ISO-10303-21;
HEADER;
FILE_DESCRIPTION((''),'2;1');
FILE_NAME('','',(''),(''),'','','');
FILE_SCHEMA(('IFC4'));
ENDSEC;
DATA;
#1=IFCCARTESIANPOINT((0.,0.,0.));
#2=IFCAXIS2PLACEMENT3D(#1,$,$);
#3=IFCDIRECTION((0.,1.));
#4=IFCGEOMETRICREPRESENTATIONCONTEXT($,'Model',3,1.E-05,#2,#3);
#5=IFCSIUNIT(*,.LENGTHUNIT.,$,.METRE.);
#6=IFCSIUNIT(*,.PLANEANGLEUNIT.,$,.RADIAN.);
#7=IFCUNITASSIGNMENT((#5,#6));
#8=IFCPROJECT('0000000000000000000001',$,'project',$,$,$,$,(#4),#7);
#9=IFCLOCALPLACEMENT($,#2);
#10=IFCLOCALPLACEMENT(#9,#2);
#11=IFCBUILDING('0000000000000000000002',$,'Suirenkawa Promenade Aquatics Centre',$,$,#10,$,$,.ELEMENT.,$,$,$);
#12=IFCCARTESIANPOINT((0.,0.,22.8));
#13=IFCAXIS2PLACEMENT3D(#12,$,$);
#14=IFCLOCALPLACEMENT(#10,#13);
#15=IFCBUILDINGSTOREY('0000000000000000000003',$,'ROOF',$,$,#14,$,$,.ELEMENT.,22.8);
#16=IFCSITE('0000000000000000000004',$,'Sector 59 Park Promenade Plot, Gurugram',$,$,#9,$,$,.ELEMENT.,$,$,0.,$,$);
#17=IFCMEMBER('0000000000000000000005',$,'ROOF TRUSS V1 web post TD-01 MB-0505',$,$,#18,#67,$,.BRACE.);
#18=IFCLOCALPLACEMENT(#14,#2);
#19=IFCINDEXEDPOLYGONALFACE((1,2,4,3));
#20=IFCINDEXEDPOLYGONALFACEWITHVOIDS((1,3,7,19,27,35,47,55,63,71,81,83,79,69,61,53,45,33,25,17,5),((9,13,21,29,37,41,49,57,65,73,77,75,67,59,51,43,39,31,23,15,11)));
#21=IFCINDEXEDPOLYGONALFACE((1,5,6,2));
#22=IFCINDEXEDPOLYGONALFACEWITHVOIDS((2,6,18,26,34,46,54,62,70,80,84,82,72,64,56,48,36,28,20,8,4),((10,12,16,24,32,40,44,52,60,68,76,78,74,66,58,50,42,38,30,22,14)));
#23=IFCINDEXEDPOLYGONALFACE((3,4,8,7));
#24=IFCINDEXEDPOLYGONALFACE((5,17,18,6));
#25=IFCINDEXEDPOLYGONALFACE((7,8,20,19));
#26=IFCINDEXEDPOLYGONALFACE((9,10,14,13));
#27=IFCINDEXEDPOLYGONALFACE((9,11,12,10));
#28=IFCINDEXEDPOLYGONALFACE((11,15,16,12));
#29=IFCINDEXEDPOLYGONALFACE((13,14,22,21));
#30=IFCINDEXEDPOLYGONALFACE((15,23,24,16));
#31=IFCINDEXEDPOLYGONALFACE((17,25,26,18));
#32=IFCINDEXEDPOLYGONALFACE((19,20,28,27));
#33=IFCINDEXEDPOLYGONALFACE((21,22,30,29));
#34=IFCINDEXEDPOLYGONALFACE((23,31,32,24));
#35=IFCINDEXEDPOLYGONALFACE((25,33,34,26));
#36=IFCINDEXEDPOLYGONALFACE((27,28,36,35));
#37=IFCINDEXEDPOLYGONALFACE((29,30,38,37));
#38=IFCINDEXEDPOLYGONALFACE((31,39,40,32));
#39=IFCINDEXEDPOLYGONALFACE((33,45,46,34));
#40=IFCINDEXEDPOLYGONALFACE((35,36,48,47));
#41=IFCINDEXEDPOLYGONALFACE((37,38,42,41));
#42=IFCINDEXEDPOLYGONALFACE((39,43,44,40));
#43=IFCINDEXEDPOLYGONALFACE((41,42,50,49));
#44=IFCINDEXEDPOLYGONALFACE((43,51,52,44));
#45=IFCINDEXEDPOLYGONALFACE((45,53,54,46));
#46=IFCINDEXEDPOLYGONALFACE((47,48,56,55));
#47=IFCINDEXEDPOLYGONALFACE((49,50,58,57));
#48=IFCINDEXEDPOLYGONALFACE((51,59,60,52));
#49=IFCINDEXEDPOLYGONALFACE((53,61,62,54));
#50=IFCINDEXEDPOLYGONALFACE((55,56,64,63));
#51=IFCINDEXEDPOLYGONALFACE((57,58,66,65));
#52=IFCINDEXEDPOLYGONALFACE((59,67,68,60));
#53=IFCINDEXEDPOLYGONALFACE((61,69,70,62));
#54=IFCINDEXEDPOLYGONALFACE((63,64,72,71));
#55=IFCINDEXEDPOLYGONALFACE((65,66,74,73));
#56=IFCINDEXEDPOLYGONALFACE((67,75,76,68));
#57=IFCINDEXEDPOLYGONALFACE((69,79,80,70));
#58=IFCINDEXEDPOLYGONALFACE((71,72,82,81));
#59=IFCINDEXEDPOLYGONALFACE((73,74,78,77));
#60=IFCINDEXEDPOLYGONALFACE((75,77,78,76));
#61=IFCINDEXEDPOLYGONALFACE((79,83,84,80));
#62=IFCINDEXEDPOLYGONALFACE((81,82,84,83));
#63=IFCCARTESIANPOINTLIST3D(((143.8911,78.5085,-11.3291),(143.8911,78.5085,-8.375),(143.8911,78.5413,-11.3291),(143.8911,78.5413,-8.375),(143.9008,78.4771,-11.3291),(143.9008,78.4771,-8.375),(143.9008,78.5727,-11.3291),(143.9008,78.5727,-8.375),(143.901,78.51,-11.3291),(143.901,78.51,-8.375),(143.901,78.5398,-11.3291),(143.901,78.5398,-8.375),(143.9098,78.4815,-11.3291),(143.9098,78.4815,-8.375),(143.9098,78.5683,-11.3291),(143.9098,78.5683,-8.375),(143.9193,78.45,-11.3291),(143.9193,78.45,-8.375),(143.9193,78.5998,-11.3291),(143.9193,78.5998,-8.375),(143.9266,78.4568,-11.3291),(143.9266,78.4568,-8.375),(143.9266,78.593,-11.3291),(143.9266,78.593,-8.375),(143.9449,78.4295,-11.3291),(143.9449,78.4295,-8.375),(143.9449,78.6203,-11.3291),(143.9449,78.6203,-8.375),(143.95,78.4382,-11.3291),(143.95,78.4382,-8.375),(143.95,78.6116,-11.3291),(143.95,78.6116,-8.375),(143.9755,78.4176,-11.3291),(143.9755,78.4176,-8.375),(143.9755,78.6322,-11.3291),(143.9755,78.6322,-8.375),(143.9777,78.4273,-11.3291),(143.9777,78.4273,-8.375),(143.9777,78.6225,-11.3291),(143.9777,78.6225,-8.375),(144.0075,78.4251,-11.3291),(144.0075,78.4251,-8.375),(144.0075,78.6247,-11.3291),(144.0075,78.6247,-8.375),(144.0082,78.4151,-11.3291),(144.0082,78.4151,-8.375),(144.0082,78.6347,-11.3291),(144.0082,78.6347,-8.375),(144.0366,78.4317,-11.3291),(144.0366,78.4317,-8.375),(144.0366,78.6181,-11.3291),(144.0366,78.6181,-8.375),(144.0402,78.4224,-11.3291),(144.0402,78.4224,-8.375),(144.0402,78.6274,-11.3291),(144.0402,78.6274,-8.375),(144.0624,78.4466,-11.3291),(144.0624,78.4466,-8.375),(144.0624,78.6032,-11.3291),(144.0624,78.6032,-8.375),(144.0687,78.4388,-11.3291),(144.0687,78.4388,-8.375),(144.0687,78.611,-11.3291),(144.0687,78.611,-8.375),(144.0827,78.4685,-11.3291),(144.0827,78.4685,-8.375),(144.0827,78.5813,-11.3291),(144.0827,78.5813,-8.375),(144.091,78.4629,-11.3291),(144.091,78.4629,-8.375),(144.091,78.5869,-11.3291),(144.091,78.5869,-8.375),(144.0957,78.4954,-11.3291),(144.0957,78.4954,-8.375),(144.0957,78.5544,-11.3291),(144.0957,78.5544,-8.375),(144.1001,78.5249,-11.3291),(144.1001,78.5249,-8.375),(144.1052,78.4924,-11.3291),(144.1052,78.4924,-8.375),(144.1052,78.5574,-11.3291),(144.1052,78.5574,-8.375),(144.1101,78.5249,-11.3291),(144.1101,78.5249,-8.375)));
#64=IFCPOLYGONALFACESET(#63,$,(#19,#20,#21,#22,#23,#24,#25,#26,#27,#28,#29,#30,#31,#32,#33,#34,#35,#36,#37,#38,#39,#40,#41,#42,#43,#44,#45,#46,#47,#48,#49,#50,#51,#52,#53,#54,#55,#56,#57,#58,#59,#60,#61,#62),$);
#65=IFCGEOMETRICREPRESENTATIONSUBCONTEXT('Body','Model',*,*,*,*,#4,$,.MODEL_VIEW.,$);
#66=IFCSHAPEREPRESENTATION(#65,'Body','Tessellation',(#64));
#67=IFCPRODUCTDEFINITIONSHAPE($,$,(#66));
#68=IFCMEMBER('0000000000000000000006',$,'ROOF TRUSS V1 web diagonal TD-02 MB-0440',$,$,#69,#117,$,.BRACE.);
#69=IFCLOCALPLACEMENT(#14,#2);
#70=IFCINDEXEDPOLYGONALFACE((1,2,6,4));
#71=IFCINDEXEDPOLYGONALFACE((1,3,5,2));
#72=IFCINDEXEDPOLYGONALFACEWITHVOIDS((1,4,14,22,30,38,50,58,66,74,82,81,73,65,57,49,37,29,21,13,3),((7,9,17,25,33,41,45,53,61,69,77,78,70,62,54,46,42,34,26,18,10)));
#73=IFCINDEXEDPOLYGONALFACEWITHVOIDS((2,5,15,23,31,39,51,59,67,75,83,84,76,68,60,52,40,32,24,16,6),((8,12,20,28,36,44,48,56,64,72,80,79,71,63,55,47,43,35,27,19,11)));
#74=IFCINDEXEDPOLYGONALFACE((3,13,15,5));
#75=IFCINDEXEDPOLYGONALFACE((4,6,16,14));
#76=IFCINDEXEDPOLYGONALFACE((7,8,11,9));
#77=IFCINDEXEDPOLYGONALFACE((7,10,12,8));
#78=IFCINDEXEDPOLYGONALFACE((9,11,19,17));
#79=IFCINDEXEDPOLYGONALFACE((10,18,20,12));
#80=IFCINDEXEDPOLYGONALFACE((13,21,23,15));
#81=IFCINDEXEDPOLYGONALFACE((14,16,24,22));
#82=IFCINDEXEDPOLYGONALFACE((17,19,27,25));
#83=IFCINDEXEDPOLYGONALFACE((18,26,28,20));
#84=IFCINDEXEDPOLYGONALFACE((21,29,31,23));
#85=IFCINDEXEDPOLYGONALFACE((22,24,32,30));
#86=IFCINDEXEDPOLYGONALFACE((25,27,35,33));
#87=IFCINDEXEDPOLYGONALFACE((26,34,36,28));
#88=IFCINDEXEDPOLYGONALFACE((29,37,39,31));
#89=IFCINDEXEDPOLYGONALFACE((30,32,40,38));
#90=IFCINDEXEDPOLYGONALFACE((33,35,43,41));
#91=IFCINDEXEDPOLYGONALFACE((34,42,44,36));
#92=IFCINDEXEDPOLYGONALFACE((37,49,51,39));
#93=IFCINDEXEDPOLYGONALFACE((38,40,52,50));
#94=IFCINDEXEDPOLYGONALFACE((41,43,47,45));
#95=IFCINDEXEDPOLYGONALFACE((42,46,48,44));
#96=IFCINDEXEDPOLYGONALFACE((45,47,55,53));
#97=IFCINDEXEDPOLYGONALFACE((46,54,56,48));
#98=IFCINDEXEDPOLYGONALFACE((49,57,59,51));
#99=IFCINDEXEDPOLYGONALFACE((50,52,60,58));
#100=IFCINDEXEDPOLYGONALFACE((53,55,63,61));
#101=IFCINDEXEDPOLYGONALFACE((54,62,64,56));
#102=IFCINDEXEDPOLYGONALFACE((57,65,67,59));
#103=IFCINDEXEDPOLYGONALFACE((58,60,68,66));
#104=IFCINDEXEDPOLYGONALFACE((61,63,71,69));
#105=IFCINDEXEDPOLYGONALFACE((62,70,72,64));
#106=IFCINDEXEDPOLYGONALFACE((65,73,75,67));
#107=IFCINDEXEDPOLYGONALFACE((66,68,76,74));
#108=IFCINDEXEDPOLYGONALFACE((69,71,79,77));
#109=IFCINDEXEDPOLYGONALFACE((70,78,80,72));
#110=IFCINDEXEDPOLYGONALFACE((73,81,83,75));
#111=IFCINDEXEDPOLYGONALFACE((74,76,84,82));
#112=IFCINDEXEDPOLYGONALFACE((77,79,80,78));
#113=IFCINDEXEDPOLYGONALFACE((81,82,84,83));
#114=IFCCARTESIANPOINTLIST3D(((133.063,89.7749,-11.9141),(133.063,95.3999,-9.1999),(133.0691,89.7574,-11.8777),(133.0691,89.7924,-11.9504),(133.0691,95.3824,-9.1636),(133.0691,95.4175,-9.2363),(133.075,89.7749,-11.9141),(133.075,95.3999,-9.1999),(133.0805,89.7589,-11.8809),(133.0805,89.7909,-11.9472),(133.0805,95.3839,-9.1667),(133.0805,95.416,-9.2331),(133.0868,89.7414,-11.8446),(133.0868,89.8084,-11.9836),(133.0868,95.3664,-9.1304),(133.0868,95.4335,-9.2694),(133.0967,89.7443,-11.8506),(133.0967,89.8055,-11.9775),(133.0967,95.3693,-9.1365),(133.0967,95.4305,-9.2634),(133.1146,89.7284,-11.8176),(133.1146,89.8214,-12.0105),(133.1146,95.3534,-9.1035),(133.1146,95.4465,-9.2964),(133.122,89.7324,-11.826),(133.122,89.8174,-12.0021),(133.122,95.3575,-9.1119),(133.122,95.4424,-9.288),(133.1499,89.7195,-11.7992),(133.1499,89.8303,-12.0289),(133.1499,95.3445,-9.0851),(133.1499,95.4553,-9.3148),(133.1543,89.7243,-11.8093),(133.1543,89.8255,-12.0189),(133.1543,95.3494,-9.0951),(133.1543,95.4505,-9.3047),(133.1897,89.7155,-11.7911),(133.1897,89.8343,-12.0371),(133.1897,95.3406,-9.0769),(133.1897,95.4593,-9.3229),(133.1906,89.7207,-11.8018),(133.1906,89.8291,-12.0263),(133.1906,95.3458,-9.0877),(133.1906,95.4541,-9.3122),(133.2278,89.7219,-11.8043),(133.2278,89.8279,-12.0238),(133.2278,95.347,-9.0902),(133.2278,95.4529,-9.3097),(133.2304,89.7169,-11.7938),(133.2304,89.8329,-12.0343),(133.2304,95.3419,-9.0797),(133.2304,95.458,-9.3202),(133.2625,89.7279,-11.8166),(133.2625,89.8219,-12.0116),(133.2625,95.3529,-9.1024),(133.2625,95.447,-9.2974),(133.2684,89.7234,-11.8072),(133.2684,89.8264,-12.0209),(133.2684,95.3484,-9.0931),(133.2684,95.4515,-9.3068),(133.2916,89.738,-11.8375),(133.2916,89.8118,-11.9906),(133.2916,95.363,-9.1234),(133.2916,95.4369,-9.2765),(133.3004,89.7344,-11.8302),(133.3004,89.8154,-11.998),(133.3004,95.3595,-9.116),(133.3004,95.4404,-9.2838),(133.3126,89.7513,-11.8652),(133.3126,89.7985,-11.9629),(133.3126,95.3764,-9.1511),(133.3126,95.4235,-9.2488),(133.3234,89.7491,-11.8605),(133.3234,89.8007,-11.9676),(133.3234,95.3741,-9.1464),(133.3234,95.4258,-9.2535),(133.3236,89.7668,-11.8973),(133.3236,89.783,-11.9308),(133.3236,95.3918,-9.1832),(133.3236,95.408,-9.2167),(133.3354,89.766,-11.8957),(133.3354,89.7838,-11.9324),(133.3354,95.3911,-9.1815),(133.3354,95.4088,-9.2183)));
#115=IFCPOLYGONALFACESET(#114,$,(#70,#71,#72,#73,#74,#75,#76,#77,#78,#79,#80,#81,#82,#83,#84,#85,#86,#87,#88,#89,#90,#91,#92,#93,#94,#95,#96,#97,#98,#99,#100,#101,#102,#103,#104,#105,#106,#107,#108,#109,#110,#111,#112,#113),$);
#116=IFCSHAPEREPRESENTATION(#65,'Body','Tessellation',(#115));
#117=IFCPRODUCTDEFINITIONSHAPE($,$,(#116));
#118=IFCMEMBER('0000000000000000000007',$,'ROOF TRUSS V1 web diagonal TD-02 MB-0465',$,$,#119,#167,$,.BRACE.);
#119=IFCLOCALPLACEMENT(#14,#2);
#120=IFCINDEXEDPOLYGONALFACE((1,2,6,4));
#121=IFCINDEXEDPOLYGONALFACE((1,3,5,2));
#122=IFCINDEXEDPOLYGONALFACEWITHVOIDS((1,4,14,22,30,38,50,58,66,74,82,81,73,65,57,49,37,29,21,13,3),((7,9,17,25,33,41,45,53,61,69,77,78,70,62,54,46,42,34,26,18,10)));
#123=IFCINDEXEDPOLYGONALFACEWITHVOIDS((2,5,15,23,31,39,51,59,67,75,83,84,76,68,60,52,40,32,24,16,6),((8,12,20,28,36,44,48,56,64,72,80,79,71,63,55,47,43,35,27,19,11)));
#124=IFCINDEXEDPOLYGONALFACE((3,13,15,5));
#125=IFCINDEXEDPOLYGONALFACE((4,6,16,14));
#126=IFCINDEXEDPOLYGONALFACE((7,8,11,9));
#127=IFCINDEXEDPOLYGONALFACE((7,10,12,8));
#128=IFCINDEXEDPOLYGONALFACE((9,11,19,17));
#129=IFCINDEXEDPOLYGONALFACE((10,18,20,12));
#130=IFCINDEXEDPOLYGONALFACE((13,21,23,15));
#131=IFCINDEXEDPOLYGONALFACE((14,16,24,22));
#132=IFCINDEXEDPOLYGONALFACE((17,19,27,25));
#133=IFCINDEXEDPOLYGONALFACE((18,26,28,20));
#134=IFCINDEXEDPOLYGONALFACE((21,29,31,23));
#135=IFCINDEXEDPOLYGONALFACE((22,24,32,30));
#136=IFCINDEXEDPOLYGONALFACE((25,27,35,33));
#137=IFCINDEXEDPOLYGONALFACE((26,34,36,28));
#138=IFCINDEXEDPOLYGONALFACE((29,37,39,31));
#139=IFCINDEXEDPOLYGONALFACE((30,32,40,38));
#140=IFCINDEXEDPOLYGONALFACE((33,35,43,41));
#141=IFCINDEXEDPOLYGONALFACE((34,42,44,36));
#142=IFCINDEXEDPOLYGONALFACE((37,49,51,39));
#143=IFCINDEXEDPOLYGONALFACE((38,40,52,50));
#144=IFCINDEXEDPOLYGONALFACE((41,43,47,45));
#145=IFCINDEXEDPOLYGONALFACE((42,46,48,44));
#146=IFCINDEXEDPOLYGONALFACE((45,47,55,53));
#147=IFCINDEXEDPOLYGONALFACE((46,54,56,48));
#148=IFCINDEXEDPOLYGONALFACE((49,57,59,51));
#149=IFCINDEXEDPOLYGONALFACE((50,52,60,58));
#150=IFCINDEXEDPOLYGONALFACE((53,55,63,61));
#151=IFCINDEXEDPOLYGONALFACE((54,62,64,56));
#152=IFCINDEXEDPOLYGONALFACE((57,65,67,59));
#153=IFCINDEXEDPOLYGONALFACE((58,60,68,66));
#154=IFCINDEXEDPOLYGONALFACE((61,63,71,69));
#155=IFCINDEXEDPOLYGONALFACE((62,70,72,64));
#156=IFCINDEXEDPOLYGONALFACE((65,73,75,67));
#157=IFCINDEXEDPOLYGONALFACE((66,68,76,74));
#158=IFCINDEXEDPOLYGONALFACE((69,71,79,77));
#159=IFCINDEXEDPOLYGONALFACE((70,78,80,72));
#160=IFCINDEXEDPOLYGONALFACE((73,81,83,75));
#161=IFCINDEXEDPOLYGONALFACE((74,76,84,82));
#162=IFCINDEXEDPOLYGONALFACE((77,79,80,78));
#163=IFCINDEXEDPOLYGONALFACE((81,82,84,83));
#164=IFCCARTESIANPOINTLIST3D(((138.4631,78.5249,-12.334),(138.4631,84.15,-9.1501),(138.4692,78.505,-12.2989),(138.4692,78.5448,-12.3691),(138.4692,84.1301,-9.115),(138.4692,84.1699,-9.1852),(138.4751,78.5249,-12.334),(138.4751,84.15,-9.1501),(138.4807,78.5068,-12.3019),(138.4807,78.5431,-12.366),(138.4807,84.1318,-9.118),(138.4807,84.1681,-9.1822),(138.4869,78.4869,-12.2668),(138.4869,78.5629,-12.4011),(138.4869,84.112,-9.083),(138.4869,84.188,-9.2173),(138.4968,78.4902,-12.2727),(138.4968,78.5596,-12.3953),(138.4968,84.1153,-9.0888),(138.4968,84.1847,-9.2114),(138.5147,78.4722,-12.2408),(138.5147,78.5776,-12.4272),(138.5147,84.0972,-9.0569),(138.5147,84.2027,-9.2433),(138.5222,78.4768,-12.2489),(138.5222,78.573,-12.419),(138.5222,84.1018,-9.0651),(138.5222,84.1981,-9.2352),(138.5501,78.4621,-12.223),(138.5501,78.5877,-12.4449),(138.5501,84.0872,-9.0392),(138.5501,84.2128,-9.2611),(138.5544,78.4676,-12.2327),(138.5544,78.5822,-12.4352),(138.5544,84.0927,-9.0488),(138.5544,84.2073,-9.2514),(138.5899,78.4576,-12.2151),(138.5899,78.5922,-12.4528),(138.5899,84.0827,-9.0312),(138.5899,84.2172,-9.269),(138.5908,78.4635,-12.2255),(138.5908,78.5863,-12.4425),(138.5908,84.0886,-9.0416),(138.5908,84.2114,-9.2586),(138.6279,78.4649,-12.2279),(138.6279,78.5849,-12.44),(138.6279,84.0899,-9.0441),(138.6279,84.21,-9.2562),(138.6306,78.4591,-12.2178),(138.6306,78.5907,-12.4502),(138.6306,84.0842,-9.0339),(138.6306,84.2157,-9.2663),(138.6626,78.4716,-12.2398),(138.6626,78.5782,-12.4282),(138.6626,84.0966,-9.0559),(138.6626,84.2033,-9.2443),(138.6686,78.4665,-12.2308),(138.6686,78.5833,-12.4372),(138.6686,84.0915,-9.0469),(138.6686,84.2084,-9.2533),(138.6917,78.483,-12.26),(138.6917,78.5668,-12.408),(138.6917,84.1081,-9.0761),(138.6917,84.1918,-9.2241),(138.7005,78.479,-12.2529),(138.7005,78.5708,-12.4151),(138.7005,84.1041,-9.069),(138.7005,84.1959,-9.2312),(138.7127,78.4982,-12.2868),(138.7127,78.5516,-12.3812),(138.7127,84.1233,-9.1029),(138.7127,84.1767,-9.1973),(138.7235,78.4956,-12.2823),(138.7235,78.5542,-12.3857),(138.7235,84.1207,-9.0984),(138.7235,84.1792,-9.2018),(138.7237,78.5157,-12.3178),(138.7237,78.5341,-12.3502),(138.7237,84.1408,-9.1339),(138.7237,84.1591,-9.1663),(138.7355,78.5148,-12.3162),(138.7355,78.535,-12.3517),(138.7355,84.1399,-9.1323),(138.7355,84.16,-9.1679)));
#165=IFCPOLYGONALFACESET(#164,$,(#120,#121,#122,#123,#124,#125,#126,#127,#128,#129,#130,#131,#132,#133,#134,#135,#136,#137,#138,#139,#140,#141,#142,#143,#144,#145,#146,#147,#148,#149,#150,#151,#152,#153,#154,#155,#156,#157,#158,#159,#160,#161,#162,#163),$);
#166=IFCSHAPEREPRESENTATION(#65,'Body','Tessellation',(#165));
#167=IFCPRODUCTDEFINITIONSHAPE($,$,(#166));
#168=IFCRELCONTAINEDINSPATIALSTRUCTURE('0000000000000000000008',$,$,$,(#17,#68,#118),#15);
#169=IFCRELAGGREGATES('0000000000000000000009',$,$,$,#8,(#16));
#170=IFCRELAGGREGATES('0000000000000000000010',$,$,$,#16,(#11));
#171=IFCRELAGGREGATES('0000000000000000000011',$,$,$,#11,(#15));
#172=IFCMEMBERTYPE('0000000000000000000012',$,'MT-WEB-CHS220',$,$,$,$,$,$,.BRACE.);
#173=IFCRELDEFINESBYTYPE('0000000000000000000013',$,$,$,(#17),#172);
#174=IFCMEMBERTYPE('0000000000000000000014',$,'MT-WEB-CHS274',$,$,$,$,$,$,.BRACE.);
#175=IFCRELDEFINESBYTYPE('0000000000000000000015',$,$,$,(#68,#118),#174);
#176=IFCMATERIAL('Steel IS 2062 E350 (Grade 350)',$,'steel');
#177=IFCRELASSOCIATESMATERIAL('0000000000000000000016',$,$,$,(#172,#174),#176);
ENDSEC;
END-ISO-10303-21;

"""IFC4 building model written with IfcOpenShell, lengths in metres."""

from ifc_helpers import new_model, si_unit, direction, frame, origin, origin_2d, place, context, subcontext, project, spatial, hollow_circle, extrude, material, material_profile, profile_set, type_object, element, save


model = new_model("IFC4")

# Units and contexts
model_context = context("Model", 3, precision=1e-05, world=origin(), true_north=direction((0.0, 1.0)))
body_context = subcontext(model_context, "Body", "Model", "MODEL_VIEW")
ifc_project = project(units=[si_unit("LENGTHUNIT", "METRE"), si_unit("PLANEANGLEUNIT", "RADIAN")], contexts=[model_context])

# Site, building, storey
site_placement = place(None, origin())
site = spatial("IfcSite", under=ifc_project, at=site_placement, Name="Sector 59 Park Promenade Plot, Gurugram", CompositionType="ELEMENT", RefElevation=0.0)
building_placement = place(site_placement, origin())
building = spatial("IfcBuilding", under=site, at=building_placement, Name="Suirenkawa Promenade Aquatics Centre", CompositionType="ELEMENT")
storey_placement = place(building_placement, frame((0.0, 0.0, 22.8)))
storey = spatial("IfcBuildingStorey", under=building, at=storey_placement, Name="ROOF", CompositionType="ELEMENT", Elevation=22.8)

# Shared definitions
ifc_material = material(Name="Steel IS 2062 E350 (Grade 350)", Category="steel")

# Members
ifc_material_profile_1 = material_profile(ifc_material, hollow_circle(Radius=0.1101, WallThickness=0.01, at=origin_2d()), Name="CHS 220x10", Category="steel")
ifc_profile_set_1 = profile_set([ifc_material_profile_1], Name="Steel IS 2062 E350 (Grade 350)")
member_type_1 = type_object("IfcMemberType", Name="MT-WEB-CHS220", PredefinedType="BRACE", material=ifc_profile_set_1)
member_1_placement = place(storey_placement, frame((144.0, 78.5249, -11.3291), z_axis=(0.0, 0.0, 1.0), x_axis=(1.0, 0.0, 0.0)))
element("IfcMember", 1, at=member_1_placement, inside=storey, type_object=member_type_1, Name="ROOF TRUSS V1 web post TD-01 MB-0505", PredefinedType="BRACE", context=body_context, shape_type="SweptSolid", body=[
    extrude(hollow_circle(Radius=0.1101, WallThickness=0.01, at=origin_2d()), origin(), (0.0, 0.0, 1.0), 2.9541),
])
ifc_material_profile_2 = material_profile(ifc_material, hollow_circle(Radius=0.137, WallThickness=0.012, at=origin_2d()), Name="CHS 274x12", Category="steel")
ifc_profile_set_2 = profile_set([ifc_material_profile_2], Name="Steel IS 2062 E350 (Grade 350)")
member_type_2 = type_object("IfcMemberType", Name="MT-WEB-CHS274", PredefinedType="BRACE", material=ifc_profile_set_2)
member_2_placement = place(storey_placement, frame((133.2, 89.7749, -11.9141), z_axis=(0.0, 0.90064, 0.434566), x_axis=(-1.0, 0.0, 0.0)))
element("IfcMember", 2, at=member_2_placement, inside=storey, type_object=member_type_2, Name="ROOF TRUSS V1 web diagonal TD-02 MB-0440", PredefinedType="BRACE", context=body_context, shape_type="SweptSolid", body=[
    extrude(hollow_circle(Radius=0.137, WallThickness=0.012, at=origin_2d()), origin(), (0.0, 0.0, 1.0), 6.2456),
])
member_3_placement = place(storey_placement, frame((138.6001, 78.5249, -12.334), z_axis=(0.0, 0.870265, 0.492584), x_axis=(-1.0, 0.0, 0.0)))
element("IfcMember", 3, at=member_3_placement, inside=storey, type_object=member_type_2, Name="ROOF TRUSS V1 web diagonal TD-02 MB-0465", PredefinedType="BRACE", context=body_context, shape_type="SweptSolid", body=[
    extrude(hollow_circle(Radius=0.137, WallThickness=0.012, at=origin_2d()), origin(), (0.0, 0.0, 1.0), 6.4636),
])

save(model, "model.ifc")
